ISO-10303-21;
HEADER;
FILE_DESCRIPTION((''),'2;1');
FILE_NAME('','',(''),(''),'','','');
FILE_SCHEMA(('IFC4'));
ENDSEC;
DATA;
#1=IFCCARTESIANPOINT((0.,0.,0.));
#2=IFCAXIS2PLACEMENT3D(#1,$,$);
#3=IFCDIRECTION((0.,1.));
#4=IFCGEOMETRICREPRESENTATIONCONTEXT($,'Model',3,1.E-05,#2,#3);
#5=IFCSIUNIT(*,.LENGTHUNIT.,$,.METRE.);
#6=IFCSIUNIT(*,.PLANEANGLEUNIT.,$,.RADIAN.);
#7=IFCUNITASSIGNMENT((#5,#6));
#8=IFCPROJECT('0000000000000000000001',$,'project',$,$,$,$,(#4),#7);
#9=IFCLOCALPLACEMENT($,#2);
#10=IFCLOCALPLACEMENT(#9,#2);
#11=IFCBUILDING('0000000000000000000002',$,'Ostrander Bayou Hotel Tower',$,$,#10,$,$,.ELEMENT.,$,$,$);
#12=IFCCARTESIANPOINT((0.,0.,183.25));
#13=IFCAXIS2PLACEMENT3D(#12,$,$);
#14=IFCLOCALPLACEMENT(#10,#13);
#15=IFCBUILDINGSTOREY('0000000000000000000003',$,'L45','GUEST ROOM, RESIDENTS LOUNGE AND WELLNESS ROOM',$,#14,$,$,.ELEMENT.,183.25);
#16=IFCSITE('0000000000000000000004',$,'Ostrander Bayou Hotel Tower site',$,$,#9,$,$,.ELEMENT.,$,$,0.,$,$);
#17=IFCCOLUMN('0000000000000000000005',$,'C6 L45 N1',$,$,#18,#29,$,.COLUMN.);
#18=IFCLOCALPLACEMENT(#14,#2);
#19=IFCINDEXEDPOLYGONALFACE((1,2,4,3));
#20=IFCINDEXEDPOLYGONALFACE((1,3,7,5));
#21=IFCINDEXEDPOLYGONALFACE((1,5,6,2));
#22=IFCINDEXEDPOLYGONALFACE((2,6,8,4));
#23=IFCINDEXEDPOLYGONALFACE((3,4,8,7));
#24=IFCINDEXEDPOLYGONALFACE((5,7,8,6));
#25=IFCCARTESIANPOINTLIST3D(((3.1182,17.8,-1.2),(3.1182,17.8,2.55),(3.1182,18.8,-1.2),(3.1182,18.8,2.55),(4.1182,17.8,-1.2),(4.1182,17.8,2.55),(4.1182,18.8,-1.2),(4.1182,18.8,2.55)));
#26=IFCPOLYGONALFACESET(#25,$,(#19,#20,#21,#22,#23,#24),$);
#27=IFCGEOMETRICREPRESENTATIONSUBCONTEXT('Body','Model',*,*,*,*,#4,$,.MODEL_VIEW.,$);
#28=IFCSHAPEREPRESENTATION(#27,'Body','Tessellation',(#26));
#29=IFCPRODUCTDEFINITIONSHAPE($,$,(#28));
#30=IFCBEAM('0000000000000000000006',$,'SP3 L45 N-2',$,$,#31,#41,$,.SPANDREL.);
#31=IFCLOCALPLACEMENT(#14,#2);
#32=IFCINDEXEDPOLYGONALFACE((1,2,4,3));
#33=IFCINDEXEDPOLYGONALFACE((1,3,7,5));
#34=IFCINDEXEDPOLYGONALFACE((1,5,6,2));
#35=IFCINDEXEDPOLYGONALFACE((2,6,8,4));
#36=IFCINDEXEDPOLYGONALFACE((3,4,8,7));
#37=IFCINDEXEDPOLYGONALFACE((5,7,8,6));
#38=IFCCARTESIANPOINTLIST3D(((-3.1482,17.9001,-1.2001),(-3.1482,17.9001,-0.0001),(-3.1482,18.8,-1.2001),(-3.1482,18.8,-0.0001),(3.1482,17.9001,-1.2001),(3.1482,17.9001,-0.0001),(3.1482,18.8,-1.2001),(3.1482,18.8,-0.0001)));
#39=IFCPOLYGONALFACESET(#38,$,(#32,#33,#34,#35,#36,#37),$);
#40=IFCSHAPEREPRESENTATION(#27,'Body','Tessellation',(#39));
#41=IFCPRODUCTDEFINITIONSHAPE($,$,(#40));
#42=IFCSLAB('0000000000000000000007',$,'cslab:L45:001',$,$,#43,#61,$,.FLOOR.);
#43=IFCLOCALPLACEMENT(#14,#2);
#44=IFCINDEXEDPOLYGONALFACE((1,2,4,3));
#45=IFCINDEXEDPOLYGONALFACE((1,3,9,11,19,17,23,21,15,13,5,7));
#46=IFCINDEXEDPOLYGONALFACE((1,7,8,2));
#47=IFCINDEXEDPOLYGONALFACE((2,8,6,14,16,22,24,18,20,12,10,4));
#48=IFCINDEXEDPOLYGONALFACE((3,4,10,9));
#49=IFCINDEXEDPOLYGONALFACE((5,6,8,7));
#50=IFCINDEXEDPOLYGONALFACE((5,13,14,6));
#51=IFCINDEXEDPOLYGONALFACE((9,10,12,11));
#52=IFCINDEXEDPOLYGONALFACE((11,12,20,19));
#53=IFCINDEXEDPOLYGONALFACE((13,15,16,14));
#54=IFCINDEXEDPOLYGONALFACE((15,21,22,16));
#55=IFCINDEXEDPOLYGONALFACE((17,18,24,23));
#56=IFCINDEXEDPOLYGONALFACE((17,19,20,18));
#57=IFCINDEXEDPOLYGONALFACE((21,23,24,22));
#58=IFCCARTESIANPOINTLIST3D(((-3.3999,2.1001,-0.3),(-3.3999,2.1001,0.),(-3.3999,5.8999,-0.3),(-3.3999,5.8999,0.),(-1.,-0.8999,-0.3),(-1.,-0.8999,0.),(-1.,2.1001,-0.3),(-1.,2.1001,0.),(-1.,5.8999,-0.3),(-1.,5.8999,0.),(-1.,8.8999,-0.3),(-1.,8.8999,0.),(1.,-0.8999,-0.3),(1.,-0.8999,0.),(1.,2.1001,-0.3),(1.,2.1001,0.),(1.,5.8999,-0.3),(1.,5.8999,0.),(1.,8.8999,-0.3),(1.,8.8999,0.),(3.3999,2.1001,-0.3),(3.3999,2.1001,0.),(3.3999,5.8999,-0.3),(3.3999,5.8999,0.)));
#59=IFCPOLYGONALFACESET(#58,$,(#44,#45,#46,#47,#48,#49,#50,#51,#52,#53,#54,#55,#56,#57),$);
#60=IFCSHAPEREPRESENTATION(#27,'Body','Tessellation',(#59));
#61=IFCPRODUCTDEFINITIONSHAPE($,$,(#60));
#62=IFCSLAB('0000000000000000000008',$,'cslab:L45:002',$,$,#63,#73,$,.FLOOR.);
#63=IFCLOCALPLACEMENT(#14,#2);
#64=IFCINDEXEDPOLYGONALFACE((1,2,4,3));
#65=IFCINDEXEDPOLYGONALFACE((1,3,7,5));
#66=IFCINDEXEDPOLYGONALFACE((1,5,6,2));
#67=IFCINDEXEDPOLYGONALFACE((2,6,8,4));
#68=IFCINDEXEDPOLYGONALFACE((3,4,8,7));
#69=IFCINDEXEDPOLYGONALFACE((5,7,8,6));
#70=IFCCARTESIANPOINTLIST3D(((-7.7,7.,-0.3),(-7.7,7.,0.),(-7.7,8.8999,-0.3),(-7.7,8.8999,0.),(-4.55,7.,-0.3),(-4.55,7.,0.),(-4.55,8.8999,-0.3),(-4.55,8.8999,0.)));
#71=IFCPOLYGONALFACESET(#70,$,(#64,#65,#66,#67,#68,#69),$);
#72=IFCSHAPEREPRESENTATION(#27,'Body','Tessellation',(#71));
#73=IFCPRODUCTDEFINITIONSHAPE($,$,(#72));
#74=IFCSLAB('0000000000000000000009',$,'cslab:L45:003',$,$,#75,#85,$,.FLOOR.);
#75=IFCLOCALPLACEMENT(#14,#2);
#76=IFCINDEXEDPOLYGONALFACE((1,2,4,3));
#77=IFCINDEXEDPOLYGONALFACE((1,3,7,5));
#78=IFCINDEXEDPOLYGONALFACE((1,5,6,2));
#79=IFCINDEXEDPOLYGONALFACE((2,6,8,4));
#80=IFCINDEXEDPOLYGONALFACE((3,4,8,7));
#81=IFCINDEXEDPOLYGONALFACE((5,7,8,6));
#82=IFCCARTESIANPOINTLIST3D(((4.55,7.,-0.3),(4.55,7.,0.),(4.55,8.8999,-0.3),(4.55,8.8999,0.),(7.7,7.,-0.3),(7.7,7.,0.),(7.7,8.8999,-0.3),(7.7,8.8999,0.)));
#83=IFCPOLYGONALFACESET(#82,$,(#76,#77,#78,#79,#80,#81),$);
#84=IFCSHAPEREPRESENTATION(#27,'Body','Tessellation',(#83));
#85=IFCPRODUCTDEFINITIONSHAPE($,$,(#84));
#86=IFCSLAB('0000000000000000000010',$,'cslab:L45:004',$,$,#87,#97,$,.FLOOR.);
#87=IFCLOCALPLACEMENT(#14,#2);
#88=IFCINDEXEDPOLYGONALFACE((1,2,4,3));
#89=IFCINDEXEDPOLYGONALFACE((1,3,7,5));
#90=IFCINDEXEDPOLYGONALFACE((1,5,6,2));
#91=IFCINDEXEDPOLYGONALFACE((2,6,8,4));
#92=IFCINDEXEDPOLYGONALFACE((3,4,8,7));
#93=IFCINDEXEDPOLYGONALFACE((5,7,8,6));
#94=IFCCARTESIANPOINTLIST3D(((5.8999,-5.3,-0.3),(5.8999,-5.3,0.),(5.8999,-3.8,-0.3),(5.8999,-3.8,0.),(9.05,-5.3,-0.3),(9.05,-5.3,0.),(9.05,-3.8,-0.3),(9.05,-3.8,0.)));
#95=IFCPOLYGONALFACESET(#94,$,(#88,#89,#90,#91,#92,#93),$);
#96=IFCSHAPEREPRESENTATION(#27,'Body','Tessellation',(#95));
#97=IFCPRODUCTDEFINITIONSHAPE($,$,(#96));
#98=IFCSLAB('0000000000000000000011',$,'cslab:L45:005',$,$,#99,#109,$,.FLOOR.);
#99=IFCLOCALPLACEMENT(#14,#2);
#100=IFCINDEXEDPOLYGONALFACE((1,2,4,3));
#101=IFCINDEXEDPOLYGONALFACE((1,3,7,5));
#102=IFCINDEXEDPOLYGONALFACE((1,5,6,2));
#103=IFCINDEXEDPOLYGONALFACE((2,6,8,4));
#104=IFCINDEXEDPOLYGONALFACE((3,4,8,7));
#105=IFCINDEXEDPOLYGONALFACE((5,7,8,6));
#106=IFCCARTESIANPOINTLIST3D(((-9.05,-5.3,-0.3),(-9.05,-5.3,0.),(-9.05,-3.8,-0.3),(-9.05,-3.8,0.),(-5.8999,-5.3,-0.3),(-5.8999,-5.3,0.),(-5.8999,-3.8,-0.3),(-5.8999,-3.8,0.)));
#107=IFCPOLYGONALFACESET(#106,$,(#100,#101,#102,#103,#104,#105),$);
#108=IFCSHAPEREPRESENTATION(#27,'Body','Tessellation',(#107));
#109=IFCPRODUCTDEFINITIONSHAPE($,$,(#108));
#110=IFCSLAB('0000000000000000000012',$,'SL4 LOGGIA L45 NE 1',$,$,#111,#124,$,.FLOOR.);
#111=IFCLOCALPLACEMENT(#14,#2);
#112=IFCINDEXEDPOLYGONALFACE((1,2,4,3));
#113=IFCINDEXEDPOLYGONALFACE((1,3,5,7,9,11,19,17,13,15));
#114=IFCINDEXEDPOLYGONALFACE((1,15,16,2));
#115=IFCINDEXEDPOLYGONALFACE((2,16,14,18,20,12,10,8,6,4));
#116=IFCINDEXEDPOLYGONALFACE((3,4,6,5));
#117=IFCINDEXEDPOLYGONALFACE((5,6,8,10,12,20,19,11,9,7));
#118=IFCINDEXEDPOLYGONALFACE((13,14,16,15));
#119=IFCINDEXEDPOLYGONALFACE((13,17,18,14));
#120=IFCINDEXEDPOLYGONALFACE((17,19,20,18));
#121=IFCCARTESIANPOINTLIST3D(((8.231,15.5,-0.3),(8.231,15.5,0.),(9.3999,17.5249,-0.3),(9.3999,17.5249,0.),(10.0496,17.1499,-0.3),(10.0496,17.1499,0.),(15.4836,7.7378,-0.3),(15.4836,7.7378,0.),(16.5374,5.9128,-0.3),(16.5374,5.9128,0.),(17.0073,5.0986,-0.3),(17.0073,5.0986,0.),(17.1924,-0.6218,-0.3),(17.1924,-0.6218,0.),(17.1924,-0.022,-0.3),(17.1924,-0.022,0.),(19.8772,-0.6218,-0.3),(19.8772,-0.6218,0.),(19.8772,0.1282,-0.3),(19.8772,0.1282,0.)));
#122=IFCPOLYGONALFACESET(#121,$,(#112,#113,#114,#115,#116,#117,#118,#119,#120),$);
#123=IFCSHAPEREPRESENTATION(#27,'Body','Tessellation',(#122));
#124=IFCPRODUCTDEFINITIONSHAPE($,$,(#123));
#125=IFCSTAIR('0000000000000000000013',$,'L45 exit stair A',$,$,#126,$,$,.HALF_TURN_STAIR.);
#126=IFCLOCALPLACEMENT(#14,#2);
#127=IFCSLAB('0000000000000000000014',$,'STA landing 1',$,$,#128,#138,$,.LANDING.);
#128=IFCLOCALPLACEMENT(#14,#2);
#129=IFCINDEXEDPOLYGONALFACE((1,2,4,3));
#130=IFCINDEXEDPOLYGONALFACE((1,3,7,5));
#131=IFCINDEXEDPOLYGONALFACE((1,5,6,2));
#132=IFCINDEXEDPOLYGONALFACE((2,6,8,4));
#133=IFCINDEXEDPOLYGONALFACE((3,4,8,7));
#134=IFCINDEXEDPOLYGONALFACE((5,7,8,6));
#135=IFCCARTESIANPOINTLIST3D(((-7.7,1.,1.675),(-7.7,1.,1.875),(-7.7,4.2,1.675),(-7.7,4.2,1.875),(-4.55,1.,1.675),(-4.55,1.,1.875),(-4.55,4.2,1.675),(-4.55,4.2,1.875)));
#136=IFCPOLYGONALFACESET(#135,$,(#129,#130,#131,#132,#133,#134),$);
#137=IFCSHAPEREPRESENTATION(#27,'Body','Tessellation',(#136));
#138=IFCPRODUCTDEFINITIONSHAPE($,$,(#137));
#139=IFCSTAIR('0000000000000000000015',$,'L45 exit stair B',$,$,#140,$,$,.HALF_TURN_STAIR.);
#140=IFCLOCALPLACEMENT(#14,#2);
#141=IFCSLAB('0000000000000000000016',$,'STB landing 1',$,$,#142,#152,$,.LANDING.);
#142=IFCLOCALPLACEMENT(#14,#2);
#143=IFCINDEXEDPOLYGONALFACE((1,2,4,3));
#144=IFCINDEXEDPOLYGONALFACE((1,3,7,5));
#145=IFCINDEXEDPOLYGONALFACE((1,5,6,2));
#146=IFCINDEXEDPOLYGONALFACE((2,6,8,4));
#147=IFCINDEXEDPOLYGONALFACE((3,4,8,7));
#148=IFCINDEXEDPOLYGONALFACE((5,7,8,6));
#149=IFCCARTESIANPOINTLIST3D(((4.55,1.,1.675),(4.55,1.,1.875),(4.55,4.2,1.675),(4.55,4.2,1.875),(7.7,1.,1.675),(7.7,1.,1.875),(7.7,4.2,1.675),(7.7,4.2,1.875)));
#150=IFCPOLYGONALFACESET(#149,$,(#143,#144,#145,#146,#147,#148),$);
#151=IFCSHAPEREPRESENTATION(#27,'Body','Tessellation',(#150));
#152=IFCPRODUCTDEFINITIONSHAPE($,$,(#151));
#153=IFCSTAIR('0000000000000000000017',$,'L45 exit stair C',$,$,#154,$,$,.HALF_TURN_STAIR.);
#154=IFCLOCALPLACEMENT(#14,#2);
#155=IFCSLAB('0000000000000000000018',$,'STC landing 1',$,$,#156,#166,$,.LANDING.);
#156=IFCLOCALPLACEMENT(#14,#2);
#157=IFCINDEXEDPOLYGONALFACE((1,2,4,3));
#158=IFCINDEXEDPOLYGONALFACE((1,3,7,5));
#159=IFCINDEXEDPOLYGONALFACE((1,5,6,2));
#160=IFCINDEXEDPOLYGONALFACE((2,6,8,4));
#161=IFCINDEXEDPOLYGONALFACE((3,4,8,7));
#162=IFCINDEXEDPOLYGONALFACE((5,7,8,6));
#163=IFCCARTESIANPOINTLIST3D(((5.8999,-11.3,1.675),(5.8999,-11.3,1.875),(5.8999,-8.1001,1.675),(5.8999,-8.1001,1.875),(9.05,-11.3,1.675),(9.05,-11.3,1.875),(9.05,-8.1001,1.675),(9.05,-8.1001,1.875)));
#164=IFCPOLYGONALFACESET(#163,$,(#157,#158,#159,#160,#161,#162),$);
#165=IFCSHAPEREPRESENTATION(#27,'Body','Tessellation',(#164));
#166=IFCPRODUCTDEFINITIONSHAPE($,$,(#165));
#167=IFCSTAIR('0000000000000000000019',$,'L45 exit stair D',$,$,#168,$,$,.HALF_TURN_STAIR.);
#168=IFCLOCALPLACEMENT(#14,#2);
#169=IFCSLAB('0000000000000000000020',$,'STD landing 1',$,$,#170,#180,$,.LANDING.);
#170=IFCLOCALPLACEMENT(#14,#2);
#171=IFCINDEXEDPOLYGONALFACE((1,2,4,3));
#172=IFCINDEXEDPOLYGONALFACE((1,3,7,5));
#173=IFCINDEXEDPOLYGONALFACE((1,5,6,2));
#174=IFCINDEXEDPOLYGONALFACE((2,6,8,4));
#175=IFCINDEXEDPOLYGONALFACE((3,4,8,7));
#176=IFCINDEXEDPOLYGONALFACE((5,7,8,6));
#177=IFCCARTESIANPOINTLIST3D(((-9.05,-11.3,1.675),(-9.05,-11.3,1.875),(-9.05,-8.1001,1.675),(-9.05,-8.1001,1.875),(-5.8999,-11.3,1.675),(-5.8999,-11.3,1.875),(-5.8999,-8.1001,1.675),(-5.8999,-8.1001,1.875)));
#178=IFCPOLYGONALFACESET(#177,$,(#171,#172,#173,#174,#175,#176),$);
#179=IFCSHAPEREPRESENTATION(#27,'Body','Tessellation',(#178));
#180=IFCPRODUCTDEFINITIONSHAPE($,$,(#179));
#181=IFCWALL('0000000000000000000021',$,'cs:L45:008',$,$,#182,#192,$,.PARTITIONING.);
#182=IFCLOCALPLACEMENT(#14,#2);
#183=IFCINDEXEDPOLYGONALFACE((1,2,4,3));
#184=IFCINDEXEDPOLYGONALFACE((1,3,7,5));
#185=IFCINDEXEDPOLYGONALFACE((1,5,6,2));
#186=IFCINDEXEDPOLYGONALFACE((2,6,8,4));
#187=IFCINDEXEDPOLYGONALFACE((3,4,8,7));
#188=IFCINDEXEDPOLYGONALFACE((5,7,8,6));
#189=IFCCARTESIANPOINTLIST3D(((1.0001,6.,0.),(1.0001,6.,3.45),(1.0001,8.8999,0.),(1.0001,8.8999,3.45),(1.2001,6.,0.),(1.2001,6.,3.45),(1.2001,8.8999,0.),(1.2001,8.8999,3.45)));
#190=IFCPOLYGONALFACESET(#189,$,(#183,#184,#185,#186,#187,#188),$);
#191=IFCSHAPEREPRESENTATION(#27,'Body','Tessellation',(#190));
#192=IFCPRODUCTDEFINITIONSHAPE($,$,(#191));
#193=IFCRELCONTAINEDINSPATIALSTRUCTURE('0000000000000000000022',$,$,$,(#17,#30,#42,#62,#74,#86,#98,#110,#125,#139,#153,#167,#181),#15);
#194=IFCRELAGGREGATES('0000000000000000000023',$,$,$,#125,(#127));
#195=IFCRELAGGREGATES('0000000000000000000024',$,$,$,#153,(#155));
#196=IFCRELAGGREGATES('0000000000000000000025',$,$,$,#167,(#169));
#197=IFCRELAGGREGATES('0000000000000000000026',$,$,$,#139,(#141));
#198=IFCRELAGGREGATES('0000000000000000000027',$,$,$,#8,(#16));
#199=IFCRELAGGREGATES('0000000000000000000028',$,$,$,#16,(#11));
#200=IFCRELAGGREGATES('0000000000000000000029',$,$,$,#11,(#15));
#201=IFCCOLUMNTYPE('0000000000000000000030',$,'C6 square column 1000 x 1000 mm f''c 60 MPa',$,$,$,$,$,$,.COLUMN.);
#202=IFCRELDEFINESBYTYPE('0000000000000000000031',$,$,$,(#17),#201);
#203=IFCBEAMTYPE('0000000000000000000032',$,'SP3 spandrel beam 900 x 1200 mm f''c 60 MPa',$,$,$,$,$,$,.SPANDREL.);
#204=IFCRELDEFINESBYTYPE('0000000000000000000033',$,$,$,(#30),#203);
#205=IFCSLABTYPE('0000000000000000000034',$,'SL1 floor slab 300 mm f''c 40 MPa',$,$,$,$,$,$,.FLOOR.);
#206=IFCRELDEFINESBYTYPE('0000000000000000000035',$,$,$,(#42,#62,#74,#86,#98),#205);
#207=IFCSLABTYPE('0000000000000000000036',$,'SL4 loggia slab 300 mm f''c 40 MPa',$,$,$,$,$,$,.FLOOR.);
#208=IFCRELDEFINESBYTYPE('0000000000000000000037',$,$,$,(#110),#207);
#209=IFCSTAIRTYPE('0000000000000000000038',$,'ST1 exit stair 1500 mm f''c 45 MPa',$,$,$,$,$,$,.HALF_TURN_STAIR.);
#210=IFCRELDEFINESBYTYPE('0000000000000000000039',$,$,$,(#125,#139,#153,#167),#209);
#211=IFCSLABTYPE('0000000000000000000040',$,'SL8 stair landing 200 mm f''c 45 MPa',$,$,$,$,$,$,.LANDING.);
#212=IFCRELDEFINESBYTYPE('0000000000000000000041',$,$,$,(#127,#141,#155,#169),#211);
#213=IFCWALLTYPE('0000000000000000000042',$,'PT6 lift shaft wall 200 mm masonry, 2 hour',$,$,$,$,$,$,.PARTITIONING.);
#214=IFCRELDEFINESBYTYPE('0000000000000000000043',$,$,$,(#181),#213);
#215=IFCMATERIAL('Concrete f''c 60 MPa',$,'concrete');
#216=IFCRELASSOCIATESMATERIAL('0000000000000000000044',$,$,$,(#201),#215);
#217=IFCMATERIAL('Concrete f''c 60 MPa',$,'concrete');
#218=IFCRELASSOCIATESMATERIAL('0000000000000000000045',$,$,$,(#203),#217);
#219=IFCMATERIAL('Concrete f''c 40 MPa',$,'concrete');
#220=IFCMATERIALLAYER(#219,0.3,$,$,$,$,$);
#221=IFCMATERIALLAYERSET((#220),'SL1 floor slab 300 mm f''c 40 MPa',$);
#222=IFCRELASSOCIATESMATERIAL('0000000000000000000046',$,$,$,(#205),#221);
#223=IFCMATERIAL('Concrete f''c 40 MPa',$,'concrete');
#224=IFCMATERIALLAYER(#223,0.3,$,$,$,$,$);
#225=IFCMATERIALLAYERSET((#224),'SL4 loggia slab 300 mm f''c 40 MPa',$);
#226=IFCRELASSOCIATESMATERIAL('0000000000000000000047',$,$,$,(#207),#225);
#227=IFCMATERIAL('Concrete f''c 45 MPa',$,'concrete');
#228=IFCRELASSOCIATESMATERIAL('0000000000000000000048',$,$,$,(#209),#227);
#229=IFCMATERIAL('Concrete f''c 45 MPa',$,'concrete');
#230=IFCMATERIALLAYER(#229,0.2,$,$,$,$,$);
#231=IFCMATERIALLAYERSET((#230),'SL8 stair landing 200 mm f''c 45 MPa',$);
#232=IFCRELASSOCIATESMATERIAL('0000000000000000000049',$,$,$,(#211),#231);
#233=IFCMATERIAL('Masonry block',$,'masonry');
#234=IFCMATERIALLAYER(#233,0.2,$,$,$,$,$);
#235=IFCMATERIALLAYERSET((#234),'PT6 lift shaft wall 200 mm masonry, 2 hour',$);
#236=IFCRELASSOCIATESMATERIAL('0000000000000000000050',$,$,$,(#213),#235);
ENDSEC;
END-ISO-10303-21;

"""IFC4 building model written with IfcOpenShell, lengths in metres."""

from ifc_helpers import new_model, si_unit, direction, frame, frame_2d, origin, origin_2d, place, context, subcontext, project, spatial, polyline, rectangle, outline, extrude, material, layer, layer_set, material_profile, profile_set, type_object, element, aggregate, save


model = new_model("IFC4")

# Units and contexts
model_context = context("Model", 3, precision=1e-05, world=origin(), true_north=direction((0.0, 1.0)))
body_context = subcontext(model_context, "Body", "Model", "MODEL_VIEW")
ifc_project = project(units=[si_unit("LENGTHUNIT", "METRE"), si_unit("PLANEANGLEUNIT", "RADIAN")], contexts=[model_context])

# Site, building, storey
site_placement = place(None, origin())
site = spatial("IfcSite", under=ifc_project, at=site_placement, Name="Ostrander Bayou Hotel Tower site", CompositionType="ELEMENT", RefElevation=0.0)
building_placement = place(site_placement, origin())
building = spatial("IfcBuilding", under=site, at=building_placement, Name="Ostrander Bayou Hotel Tower", CompositionType="ELEMENT")
storey_placement = place(building_placement, frame((0.0, 0.0, 183.25)))
storey = spatial("IfcBuildingStorey", under=building, at=storey_placement, Name="L45", Description="GUEST ROOM, RESIDENTS LOUNGE AND WELLNESS ROOM", CompositionType="ELEMENT", Elevation=183.25)

# Column
ifc_material_1 = material(Name="Concrete f'c 60 MPa", Category="concrete")
ifc_material_profile_1 = material_profile(ifc_material_1, rectangle(XDim=1.0, YDim=1.0, at=origin_2d()))
ifc_profile_set_1 = profile_set([ifc_material_profile_1], Name="Concrete f'c 60 MPa")
column_type = type_object("IfcColumnType", Name="C6 square column 1000 x 1000 mm f'c 60 MPa", PredefinedType="COLUMN", material=ifc_profile_set_1)
column_placement = place(storey_placement, frame((3.6182, 18.3, -1.2), z_axis=(0.0, 0.0, 1.0), x_axis=(1.0, 0.0, 0.0)))
element("IfcColumn", 1, at=column_placement, inside=storey, type_object=column_type, Name="C6 L45 N1", PredefinedType="COLUMN", context=body_context, shape_type="SweptSolid", body=[
    extrude(rectangle(XDim=1.0, YDim=1.0, at=origin_2d()), origin(), (0.0, 0.0, 1.0), 3.75),
])

# Beam
ifc_material_2 = material(Name="Concrete f'c 60 MPa", Category="concrete")
ifc_material_profile_2 = material_profile(ifc_material_2, rectangle(XDim=0.8999, YDim=1.2, at=origin_2d()))
ifc_profile_set_2 = profile_set([ifc_material_profile_2], Name="Concrete f'c 60 MPa")
beam_type = type_object("IfcBeamType", Name="SP3 spandrel beam 900 x 1200 mm f'c 60 MPa", PredefinedType="SPANDREL", material=ifc_profile_set_2)
beam_placement = place(storey_placement, frame((3.1482, 18.3501, -0.6001), z_axis=(-1.0, 0.0, 0.0), x_axis=(0.0, -1.0, 0.0)))
element("IfcBeam", 2, at=beam_placement, inside=storey, type_object=beam_type, Name="SP3 L45 N-2", PredefinedType="SPANDREL", context=body_context, shape_type="SweptSolid", body=[
    extrude(rectangle(XDim=0.8999, YDim=1.2, at=origin_2d()), origin(), (0.0, 0.0, 1.0), 6.2964),
])

# Slabs
ifc_material_3 = material(Name="Concrete f'c 40 MPa", Category="concrete")
ifc_layer_1 = layer(ifc_material_3, 0.3)
ifc_layer_set_1 = layer_set([ifc_layer_1], Name="SL1 floor slab 300 mm f'c 40 MPa")
slab_type_1 = type_object("IfcSlabType", Name="SL1 floor slab 300 mm f'c 40 MPa", PredefinedType="FLOOR", material=ifc_layer_set_1)
slab_1_placement = place(storey_placement, frame((0.0, 0.0, -0.3)))
element("IfcSlab", 3, at=slab_1_placement, inside=storey, type_object=slab_type_1, Name="cslab:L45:001", PredefinedType="FLOOR", context=body_context, shape_type="SweptSolid", body=[
    extrude(outline(polyline([(-3.3999, 5.8999), (-1.0, 5.8999), (-1.0, 8.8999), (1.0, 8.8999), (1.0, 5.8999), (3.3999, 5.8999), (3.3999, 2.1001), (1.0, 2.1001), (1.0, -0.8999), (-1.0, -0.8999), (-1.0, 2.1001), (-3.3999, 2.1001), (-3.3999, 5.8999)])), origin(), (0.0, 0.0, 1.0), 0.3),
])
slab_2_placement = place(storey_placement, frame((0.0, 0.0, -0.3)))
element("IfcSlab", 4, at=slab_2_placement, inside=storey, type_object=slab_type_1, Name="cslab:L45:002", PredefinedType="FLOOR", context=body_context, shape_type="SweptSolid", body=[
    extrude(outline(polyline([(-4.55, 7.0), (-4.55, 8.8999), (-7.7, 8.8999), (-7.7, 7.0), (-4.55, 7.0)])), origin(), (0.0, 0.0, 1.0), 0.3),
])
slab_3_placement = place(storey_placement, frame((0.0, 0.0, -0.3)))
element("IfcSlab", 5, at=slab_3_placement, inside=storey, type_object=slab_type_1, Name="cslab:L45:003", PredefinedType="FLOOR", context=body_context, shape_type="SweptSolid", body=[
    extrude(outline(polyline([(7.7, 7.0), (7.7, 8.8999), (4.55, 8.8999), (4.55, 7.0), (7.7, 7.0)])), origin(), (0.0, 0.0, 1.0), 0.3),
])
slab_4_placement = place(storey_placement, frame((0.0, 0.0, -0.3)))
element("IfcSlab", 6, at=slab_4_placement, inside=storey, type_object=slab_type_1, Name="cslab:L45:004", PredefinedType="FLOOR", context=body_context, shape_type="SweptSolid", body=[
    extrude(outline(polyline([(9.05, -5.3), (9.05, -3.8), (5.8999, -3.8), (5.8999, -5.3), (9.05, -5.3)])), origin(), (0.0, 0.0, 1.0), 0.3),
])
slab_5_placement = place(storey_placement, frame((0.0, 0.0, -0.3)))
element("IfcSlab", 7, at=slab_5_placement, inside=storey, type_object=slab_type_1, Name="cslab:L45:005", PredefinedType="FLOOR", context=body_context, shape_type="SweptSolid", body=[
    extrude(outline(polyline([(-5.8999, -5.3), (-5.8999, -3.8), (-9.05, -3.8), (-9.05, -5.3), (-5.8999, -5.3)])), origin(), (0.0, 0.0, 1.0), 0.3),
])
ifc_material_4 = material(Name="Concrete f'c 40 MPa", Category="concrete")
ifc_layer_2 = layer(ifc_material_4, 0.3)
ifc_layer_set_2 = layer_set([ifc_layer_2], Name="SL4 loggia slab 300 mm f'c 40 MPa")
slab_type_2 = type_object("IfcSlabType", Name="SL4 loggia slab 300 mm f'c 40 MPa", PredefinedType="FLOOR", material=ifc_layer_set_2)
slab_6_placement = place(storey_placement, frame((0.0, 0.0, -0.3)))
element("IfcSlab", 8, at=slab_6_placement, inside=storey, type_object=slab_type_2, Name="SL4 LOGGIA L45 NE 1", PredefinedType="FLOOR", context=body_context, shape_type="SweptSolid", body=[
    extrude(outline(polyline([(9.3999, 17.5249), (10.0496, 17.1499), (15.4836, 7.7378), (16.5374, 5.9128), (17.0073, 5.0986), (19.8772, 0.1282), (19.8772, -0.6218), (17.1924, -0.6218), (17.1924, -0.022), (8.231, 15.5), (9.3999, 17.5249)])), origin(), (0.0, 0.0, 1.0), 0.3),
])

# Stairs, slabs
ifc_material_5 = material(Name="Concrete f'c 45 MPa", Category="concrete")
stair_type = type_object("IfcStairType", Name="ST1 exit stair 1500 mm f'c 45 MPa", PredefinedType="HALF_TURN_STAIR", material=ifc_material_5)
stair_1_placement = place(storey_placement, origin())
stair_1 = element("IfcStair", 9, at=stair_1_placement, inside=storey, type_object=stair_type, Name="L45 exit stair A", PredefinedType="HALF_TURN_STAIR")
ifc_material_6 = material(Name="Concrete f'c 45 MPa", Category="concrete")
ifc_layer_3 = layer(ifc_material_6, 0.2)
ifc_layer_set_3 = layer_set([ifc_layer_3], Name="SL8 stair landing 200 mm f'c 45 MPa")
slab_type_3 = type_object("IfcSlabType", Name="SL8 stair landing 200 mm f'c 45 MPa", PredefinedType="LANDING", material=ifc_layer_set_3)
slab_7_placement = place(storey_placement, frame((0.0, 0.0, 1.675)))
slab_7 = element("IfcSlab", 10, at=slab_7_placement, type_object=slab_type_3, Name="STA landing 1", PredefinedType="LANDING", context=body_context, shape_type="SweptSolid", body=[
    extrude(outline(polyline([(-7.7, 4.2), (-7.7, 1.0), (-4.55, 1.0), (-4.55, 4.2), (-7.7, 4.2)])), origin(), (0.0, 0.0, 1.0), 0.2),
])
aggregate(stair_1, [slab_7])
stair_2_placement = place(storey_placement, origin())
stair_2 = element("IfcStair", 11, at=stair_2_placement, inside=storey, type_object=stair_type, Name="L45 exit stair B", PredefinedType="HALF_TURN_STAIR")
slab_8_placement = place(storey_placement, frame((0.0, 0.0, 1.675)))
slab_8 = element("IfcSlab", 12, at=slab_8_placement, type_object=slab_type_3, Name="STB landing 1", PredefinedType="LANDING", context=body_context, shape_type="SweptSolid", body=[
    extrude(outline(polyline([(4.55, 4.2), (4.55, 1.0), (7.7, 1.0), (7.7, 4.2), (4.55, 4.2)])), origin(), (0.0, 0.0, 1.0), 0.2),
])
stair_3_placement = place(storey_placement, origin())
stair_3 = element("IfcStair", 13, at=stair_3_placement, inside=storey, type_object=stair_type, Name="L45 exit stair C", PredefinedType="HALF_TURN_STAIR")
slab_9_placement = place(storey_placement, frame((0.0, 0.0, 1.675)))
slab_9 = element("IfcSlab", 14, at=slab_9_placement, type_object=slab_type_3, Name="STC landing 1", PredefinedType="LANDING", context=body_context, shape_type="SweptSolid", body=[
    extrude(outline(polyline([(5.8999, -8.1001), (5.8999, -11.3), (9.05, -11.3), (9.05, -8.1001), (5.8999, -8.1001)])), origin(), (0.0, 0.0, 1.0), 0.2),
])
aggregate(stair_3, [slab_9])
stair_4_placement = place(storey_placement, origin())
stair_4 = element("IfcStair", 15, at=stair_4_placement, inside=storey, type_object=stair_type, Name="L45 exit stair D", PredefinedType="HALF_TURN_STAIR")
slab_10_placement = place(storey_placement, frame((0.0, 0.0, 1.675)))
slab_10 = element("IfcSlab", 16, at=slab_10_placement, type_object=slab_type_3, Name="STD landing 1", PredefinedType="LANDING", context=body_context, shape_type="SweptSolid", body=[
    extrude(outline(polyline([(-9.05, -8.1001), (-9.05, -11.3), (-5.8999, -11.3), (-5.8999, -8.1001), (-9.05, -8.1001)])), origin(), (0.0, 0.0, 1.0), 0.2),
])
aggregate(stair_4, [slab_10])

# Shared definitions
ifc_material_7 = material(Name="Masonry block", Category="masonry")
ifc_layer_4 = layer(ifc_material_7, 0.2)
ifc_layer_set_4 = layer_set([ifc_layer_4], Name="PT6 lift shaft wall 200 mm masonry, 2 hour")
wall_type_1 = type_object("IfcWallType", Name="PT6 lift shaft wall 200 mm masonry, 2 hour", PredefinedType="PARTITIONING", material=ifc_layer_set_4)

# Wall
wall_1_placement = place(storey_placement, frame((1.1001, 6.0, 0.0), z_axis=(0.0, 0.0, 1.0), x_axis=(0.0, 1.0, 0.0)))
element("IfcWall", 17, at=wall_1_placement, inside=storey, type_object=wall_type_1, Name="cs:L45:008", PredefinedType="PARTITIONING", context=body_context, shape_type="SweptSolid", body=[
    extrude(rectangle(XDim=2.8999, YDim=0.2, at=frame_2d((1.45, 0.0))), origin(), (0.0, 0.0, 1.0), 3.45),
])

aggregate(stair_2, [slab_8])

save(model, "model.ifc")
